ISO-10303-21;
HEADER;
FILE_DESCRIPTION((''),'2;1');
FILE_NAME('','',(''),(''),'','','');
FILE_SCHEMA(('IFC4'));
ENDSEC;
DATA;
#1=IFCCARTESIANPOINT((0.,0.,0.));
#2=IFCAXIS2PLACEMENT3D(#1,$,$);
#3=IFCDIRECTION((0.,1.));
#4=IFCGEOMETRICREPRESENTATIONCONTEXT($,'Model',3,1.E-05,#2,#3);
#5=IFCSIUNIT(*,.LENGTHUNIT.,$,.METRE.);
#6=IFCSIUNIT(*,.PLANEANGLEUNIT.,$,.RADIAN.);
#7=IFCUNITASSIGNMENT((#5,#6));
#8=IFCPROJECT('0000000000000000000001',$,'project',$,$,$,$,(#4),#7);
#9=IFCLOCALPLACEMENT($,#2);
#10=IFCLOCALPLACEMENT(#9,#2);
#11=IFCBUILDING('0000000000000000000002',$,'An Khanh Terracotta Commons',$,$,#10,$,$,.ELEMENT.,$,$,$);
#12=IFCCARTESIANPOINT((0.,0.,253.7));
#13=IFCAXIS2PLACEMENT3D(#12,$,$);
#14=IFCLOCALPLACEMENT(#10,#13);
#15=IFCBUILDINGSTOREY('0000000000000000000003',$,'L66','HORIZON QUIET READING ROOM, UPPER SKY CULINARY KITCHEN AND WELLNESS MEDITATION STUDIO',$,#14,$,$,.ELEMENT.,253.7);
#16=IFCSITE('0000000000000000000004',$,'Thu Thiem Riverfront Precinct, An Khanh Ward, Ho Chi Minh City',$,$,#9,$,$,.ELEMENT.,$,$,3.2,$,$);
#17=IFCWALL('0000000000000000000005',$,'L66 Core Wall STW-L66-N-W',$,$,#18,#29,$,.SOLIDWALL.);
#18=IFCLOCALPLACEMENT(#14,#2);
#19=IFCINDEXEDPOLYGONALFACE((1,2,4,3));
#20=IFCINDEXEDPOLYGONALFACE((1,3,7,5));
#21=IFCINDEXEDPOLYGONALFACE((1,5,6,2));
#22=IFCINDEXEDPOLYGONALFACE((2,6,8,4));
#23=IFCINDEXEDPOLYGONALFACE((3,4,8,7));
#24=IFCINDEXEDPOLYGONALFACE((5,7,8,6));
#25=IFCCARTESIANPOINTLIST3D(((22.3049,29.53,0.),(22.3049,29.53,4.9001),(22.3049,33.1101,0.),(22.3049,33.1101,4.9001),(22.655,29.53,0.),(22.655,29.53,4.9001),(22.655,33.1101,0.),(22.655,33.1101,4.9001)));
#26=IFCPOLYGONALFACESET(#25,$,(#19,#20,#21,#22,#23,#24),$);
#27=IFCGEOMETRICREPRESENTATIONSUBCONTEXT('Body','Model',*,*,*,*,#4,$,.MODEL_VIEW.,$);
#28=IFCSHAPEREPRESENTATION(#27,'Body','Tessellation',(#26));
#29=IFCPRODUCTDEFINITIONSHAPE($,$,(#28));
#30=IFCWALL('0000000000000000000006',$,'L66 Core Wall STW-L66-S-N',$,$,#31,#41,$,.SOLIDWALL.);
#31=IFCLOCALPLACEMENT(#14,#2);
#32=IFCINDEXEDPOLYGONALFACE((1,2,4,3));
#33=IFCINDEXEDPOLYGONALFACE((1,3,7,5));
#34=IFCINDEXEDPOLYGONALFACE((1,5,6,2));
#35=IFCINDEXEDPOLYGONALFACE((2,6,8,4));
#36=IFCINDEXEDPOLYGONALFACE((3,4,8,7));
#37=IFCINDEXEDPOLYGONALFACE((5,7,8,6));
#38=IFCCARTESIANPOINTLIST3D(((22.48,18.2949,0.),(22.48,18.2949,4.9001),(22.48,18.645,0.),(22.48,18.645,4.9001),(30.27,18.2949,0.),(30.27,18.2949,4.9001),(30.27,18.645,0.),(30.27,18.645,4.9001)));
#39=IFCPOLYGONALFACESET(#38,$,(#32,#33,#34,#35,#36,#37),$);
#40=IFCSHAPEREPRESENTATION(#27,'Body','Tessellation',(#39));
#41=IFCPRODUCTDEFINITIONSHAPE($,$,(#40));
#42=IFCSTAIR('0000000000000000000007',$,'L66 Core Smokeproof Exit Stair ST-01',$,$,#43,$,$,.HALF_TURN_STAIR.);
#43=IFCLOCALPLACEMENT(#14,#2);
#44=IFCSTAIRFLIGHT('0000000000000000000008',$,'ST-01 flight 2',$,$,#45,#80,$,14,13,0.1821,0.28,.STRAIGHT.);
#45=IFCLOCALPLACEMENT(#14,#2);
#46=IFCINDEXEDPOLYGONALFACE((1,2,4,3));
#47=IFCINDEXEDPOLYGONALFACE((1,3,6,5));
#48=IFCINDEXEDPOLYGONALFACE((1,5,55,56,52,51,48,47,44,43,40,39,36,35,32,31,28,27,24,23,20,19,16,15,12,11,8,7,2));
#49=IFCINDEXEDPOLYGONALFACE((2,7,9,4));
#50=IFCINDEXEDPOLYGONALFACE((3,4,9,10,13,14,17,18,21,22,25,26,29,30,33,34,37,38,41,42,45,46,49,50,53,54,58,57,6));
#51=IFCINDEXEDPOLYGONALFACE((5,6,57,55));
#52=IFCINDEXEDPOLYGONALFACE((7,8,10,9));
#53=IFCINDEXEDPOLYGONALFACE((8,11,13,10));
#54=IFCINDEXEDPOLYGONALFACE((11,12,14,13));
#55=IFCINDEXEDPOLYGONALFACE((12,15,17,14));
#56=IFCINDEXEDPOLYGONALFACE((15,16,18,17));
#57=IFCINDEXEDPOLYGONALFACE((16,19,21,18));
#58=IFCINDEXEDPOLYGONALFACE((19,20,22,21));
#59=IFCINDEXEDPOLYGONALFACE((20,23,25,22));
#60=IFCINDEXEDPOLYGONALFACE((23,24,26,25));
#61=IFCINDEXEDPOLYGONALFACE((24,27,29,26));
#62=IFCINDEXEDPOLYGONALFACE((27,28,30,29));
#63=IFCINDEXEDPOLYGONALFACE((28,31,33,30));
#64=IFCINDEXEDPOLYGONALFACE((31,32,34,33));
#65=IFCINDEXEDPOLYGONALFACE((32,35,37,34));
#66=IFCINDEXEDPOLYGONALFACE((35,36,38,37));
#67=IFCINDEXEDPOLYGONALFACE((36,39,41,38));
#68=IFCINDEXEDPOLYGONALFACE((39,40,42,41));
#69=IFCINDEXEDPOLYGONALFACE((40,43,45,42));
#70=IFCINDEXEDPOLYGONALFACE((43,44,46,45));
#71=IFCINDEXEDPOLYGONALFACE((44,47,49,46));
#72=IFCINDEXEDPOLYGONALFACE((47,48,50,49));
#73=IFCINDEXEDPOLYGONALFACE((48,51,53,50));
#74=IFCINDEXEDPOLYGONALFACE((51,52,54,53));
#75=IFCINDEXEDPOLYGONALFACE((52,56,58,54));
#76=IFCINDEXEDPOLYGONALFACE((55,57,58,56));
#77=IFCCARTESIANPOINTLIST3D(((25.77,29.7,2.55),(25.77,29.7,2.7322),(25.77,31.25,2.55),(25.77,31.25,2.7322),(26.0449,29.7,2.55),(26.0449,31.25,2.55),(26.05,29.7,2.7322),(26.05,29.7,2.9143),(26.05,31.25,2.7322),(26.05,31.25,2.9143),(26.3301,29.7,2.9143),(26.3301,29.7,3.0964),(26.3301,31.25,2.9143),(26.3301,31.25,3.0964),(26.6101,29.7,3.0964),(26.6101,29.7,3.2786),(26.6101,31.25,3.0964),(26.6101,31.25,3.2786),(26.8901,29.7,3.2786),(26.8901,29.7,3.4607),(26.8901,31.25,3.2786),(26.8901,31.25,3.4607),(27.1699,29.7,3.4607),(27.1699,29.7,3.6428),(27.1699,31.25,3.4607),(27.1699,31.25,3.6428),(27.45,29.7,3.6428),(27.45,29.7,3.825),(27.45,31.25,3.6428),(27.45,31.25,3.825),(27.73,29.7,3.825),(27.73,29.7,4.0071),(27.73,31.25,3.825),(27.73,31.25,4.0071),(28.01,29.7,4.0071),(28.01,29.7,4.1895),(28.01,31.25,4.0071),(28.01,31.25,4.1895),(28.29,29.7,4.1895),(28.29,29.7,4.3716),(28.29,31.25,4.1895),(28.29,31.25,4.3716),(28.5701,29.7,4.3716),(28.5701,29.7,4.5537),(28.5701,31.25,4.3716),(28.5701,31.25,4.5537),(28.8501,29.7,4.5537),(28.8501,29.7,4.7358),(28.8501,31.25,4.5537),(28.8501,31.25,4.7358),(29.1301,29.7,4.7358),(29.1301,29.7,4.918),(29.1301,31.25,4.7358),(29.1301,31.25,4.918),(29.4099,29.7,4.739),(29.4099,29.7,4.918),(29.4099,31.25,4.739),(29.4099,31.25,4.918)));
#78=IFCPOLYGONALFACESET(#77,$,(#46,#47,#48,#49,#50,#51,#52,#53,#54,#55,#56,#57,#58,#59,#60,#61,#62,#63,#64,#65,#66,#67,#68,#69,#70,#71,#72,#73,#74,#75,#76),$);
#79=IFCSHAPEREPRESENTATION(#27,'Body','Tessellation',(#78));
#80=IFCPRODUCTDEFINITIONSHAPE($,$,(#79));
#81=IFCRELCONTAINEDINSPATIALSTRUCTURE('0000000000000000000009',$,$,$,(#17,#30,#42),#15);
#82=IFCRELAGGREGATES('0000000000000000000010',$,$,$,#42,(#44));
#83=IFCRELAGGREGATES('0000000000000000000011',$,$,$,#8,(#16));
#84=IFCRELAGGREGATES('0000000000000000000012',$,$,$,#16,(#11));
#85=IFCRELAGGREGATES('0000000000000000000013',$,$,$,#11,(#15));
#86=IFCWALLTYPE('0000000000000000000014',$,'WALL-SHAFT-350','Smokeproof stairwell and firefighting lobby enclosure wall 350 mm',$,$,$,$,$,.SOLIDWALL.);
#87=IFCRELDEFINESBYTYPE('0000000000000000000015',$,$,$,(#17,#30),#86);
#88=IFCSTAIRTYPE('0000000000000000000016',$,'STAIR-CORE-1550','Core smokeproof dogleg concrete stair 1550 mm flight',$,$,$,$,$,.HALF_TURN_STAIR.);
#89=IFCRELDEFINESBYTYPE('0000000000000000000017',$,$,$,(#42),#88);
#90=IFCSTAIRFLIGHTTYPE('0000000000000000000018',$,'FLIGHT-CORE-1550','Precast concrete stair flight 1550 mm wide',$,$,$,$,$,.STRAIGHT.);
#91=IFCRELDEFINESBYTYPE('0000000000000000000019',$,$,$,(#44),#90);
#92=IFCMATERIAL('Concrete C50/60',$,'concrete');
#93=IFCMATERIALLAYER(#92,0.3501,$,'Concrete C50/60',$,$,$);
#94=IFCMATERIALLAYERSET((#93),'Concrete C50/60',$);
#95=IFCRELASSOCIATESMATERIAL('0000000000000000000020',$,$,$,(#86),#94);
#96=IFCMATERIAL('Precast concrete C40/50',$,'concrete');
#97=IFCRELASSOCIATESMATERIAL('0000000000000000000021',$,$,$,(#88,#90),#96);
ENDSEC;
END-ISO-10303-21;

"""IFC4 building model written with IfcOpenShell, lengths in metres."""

from ifc_helpers import new_model, si_unit, direction, frame, frame_2d, origin, place, context, subcontext, project, spatial, polyline, rectangle, outline, extrude, material, layer, layer_set, type_object, element, aggregate, save


model = new_model("IFC4")

# Units and contexts
model_context = context("Model", 3, precision=1e-05, world=origin(), true_north=direction((0.0, 1.0)))
body_context = subcontext(model_context, "Body", "Model", "MODEL_VIEW")
ifc_project = project(units=[si_unit("LENGTHUNIT", "METRE"), si_unit("PLANEANGLEUNIT", "RADIAN")], contexts=[model_context])

# Site, building, storey
site_placement = place(None, origin())
site = spatial("IfcSite", under=ifc_project, at=site_placement, Name="Thu Thiem Riverfront Precinct, An Khanh Ward, Ho Chi Minh City", CompositionType="ELEMENT", RefElevation=3.2)
building_placement = place(site_placement, origin())
building = spatial("IfcBuilding", under=site, at=building_placement, Name="An Khanh Terracotta Commons", CompositionType="ELEMENT")
storey_placement = place(building_placement, frame((0.0, 0.0, 253.7)))
storey = spatial("IfcBuildingStorey", under=building, at=storey_placement, Name="L66", Description="HORIZON QUIET READING ROOM, UPPER SKY CULINARY KITCHEN AND WELLNESS MEDITATION STUDIO", CompositionType="ELEMENT", Elevation=253.7)

# Walls
ifc_material_1 = material(Name="Concrete C50/60", Category="concrete")
ifc_layer_1 = layer(ifc_material_1, 0.3501, Name="Concrete C50/60")
ifc_layer_set_1 = layer_set([ifc_layer_1], Name="Concrete C50/60")
wall_type_1 = type_object("IfcWallType", Name="WALL-SHAFT-350", Description="Smokeproof stairwell and firefighting lobby enclosure wall 350 mm", PredefinedType="SOLIDWALL", material=ifc_layer_set_1)
wall_1_placement = place(storey_placement, frame((22.48, 29.53, 0.0), z_axis=(0.0, 0.0, 1.0), x_axis=(0.0, 1.0, 0.0)))
element("IfcWall", 1, at=wall_1_placement, inside=storey, type_object=wall_type_1, Name="L66 Core Wall STW-L66-N-W", PredefinedType="SOLIDWALL", context=body_context, shape_type="SweptSolid", body=[
    extrude(rectangle(XDim=3.5801, YDim=0.3501, at=frame_2d((1.79, 0.0))), origin(), (0.0, 0.0, 1.0), 4.9001),
])
wall_2_placement = place(storey_placement, frame((22.48, 18.47, 0.0), z_axis=(0.0, 0.0, 1.0), x_axis=(1.0, 0.0, 0.0)))
element("IfcWall", 2, at=wall_2_placement, inside=storey, type_object=wall_type_1, Name="L66 Core Wall STW-L66-S-N", PredefinedType="SOLIDWALL", context=body_context, shape_type="SweptSolid", body=[
    extrude(rectangle(XDim=7.79, YDim=0.3501, at=frame_2d((3.895, 0.0))), origin(), (0.0, 0.0, 1.0), 4.9001),
])

# Stair, stair flight
ifc_material_2 = material(Name="Precast concrete C40/50", Category="concrete")
stair_type = type_object("IfcStairType", Name="STAIR-CORE-1550", Description="Core smokeproof dogleg concrete stair 1550 mm flight", PredefinedType="HALF_TURN_STAIR", material=ifc_material_2)
stair_placement = place(storey_placement, origin())
stair = element("IfcStair", 3, at=stair_placement, inside=storey, type_object=stair_type, Name="L66 Core Smokeproof Exit Stair ST-01", PredefinedType="HALF_TURN_STAIR")
stair_flight_type = type_object("IfcStairFlightType", Name="FLIGHT-CORE-1550", Description="Precast concrete stair flight 1550 mm wide", PredefinedType="STRAIGHT", material=ifc_material_2)
stair_flight_placement = place(storey_placement, frame((25.77, 30.4751, 2.55), z_axis=(0.0, 0.0, 1.0), x_axis=(1.0, 0.0, 0.0)))
stair_flight = element("IfcStairFlight", 4, at=stair_flight_placement, type_object=stair_flight_type, Name="ST-01 flight 2", NumberOfRisers=14, NumberOfTreads=13, PredefinedType="STRAIGHT", RiserHeight=0.1821, TreadLength=0.28, context=body_context, shape_type="SweptSolid", body=[
    extrude(outline(polyline([(0.0, 0.0), (0.0, 0.1821), (0.28, 0.1821), (0.28, 0.3643), (0.5601, 0.3643), (0.5601, 0.5464), (0.8401, 0.5464), (0.8401, 0.7285), (1.1201, 0.7285), (1.1201, 0.9106), (1.3999, 0.9106), (1.3999, 1.0928), (1.6799, 1.0928), (1.6799, 1.2749), (1.96, 1.2749), (1.96, 1.457), (2.24, 1.457), (2.24, 1.6394), (2.52, 1.6394), (2.52, 1.8215), (2.8, 1.8215), (2.8, 2.0037), (3.0801, 2.0037), (3.0801, 2.1858), (3.3601, 2.1858), (3.3601, 2.3679), (3.6399, 2.3679), (3.6399, 2.55), (3.6399, 2.189), (0.2749, 0.0), (0.0, 0.0)])), frame((0.0, 0.7749, 0.0), z_axis=(0.0, -1.0, 0.0), x_axis=(1.0, 0.0, 0.0)), (0.0, 0.0, 1.0), 1.55),
])
aggregate(stair, [stair_flight])

save(model, "model.ifc")
